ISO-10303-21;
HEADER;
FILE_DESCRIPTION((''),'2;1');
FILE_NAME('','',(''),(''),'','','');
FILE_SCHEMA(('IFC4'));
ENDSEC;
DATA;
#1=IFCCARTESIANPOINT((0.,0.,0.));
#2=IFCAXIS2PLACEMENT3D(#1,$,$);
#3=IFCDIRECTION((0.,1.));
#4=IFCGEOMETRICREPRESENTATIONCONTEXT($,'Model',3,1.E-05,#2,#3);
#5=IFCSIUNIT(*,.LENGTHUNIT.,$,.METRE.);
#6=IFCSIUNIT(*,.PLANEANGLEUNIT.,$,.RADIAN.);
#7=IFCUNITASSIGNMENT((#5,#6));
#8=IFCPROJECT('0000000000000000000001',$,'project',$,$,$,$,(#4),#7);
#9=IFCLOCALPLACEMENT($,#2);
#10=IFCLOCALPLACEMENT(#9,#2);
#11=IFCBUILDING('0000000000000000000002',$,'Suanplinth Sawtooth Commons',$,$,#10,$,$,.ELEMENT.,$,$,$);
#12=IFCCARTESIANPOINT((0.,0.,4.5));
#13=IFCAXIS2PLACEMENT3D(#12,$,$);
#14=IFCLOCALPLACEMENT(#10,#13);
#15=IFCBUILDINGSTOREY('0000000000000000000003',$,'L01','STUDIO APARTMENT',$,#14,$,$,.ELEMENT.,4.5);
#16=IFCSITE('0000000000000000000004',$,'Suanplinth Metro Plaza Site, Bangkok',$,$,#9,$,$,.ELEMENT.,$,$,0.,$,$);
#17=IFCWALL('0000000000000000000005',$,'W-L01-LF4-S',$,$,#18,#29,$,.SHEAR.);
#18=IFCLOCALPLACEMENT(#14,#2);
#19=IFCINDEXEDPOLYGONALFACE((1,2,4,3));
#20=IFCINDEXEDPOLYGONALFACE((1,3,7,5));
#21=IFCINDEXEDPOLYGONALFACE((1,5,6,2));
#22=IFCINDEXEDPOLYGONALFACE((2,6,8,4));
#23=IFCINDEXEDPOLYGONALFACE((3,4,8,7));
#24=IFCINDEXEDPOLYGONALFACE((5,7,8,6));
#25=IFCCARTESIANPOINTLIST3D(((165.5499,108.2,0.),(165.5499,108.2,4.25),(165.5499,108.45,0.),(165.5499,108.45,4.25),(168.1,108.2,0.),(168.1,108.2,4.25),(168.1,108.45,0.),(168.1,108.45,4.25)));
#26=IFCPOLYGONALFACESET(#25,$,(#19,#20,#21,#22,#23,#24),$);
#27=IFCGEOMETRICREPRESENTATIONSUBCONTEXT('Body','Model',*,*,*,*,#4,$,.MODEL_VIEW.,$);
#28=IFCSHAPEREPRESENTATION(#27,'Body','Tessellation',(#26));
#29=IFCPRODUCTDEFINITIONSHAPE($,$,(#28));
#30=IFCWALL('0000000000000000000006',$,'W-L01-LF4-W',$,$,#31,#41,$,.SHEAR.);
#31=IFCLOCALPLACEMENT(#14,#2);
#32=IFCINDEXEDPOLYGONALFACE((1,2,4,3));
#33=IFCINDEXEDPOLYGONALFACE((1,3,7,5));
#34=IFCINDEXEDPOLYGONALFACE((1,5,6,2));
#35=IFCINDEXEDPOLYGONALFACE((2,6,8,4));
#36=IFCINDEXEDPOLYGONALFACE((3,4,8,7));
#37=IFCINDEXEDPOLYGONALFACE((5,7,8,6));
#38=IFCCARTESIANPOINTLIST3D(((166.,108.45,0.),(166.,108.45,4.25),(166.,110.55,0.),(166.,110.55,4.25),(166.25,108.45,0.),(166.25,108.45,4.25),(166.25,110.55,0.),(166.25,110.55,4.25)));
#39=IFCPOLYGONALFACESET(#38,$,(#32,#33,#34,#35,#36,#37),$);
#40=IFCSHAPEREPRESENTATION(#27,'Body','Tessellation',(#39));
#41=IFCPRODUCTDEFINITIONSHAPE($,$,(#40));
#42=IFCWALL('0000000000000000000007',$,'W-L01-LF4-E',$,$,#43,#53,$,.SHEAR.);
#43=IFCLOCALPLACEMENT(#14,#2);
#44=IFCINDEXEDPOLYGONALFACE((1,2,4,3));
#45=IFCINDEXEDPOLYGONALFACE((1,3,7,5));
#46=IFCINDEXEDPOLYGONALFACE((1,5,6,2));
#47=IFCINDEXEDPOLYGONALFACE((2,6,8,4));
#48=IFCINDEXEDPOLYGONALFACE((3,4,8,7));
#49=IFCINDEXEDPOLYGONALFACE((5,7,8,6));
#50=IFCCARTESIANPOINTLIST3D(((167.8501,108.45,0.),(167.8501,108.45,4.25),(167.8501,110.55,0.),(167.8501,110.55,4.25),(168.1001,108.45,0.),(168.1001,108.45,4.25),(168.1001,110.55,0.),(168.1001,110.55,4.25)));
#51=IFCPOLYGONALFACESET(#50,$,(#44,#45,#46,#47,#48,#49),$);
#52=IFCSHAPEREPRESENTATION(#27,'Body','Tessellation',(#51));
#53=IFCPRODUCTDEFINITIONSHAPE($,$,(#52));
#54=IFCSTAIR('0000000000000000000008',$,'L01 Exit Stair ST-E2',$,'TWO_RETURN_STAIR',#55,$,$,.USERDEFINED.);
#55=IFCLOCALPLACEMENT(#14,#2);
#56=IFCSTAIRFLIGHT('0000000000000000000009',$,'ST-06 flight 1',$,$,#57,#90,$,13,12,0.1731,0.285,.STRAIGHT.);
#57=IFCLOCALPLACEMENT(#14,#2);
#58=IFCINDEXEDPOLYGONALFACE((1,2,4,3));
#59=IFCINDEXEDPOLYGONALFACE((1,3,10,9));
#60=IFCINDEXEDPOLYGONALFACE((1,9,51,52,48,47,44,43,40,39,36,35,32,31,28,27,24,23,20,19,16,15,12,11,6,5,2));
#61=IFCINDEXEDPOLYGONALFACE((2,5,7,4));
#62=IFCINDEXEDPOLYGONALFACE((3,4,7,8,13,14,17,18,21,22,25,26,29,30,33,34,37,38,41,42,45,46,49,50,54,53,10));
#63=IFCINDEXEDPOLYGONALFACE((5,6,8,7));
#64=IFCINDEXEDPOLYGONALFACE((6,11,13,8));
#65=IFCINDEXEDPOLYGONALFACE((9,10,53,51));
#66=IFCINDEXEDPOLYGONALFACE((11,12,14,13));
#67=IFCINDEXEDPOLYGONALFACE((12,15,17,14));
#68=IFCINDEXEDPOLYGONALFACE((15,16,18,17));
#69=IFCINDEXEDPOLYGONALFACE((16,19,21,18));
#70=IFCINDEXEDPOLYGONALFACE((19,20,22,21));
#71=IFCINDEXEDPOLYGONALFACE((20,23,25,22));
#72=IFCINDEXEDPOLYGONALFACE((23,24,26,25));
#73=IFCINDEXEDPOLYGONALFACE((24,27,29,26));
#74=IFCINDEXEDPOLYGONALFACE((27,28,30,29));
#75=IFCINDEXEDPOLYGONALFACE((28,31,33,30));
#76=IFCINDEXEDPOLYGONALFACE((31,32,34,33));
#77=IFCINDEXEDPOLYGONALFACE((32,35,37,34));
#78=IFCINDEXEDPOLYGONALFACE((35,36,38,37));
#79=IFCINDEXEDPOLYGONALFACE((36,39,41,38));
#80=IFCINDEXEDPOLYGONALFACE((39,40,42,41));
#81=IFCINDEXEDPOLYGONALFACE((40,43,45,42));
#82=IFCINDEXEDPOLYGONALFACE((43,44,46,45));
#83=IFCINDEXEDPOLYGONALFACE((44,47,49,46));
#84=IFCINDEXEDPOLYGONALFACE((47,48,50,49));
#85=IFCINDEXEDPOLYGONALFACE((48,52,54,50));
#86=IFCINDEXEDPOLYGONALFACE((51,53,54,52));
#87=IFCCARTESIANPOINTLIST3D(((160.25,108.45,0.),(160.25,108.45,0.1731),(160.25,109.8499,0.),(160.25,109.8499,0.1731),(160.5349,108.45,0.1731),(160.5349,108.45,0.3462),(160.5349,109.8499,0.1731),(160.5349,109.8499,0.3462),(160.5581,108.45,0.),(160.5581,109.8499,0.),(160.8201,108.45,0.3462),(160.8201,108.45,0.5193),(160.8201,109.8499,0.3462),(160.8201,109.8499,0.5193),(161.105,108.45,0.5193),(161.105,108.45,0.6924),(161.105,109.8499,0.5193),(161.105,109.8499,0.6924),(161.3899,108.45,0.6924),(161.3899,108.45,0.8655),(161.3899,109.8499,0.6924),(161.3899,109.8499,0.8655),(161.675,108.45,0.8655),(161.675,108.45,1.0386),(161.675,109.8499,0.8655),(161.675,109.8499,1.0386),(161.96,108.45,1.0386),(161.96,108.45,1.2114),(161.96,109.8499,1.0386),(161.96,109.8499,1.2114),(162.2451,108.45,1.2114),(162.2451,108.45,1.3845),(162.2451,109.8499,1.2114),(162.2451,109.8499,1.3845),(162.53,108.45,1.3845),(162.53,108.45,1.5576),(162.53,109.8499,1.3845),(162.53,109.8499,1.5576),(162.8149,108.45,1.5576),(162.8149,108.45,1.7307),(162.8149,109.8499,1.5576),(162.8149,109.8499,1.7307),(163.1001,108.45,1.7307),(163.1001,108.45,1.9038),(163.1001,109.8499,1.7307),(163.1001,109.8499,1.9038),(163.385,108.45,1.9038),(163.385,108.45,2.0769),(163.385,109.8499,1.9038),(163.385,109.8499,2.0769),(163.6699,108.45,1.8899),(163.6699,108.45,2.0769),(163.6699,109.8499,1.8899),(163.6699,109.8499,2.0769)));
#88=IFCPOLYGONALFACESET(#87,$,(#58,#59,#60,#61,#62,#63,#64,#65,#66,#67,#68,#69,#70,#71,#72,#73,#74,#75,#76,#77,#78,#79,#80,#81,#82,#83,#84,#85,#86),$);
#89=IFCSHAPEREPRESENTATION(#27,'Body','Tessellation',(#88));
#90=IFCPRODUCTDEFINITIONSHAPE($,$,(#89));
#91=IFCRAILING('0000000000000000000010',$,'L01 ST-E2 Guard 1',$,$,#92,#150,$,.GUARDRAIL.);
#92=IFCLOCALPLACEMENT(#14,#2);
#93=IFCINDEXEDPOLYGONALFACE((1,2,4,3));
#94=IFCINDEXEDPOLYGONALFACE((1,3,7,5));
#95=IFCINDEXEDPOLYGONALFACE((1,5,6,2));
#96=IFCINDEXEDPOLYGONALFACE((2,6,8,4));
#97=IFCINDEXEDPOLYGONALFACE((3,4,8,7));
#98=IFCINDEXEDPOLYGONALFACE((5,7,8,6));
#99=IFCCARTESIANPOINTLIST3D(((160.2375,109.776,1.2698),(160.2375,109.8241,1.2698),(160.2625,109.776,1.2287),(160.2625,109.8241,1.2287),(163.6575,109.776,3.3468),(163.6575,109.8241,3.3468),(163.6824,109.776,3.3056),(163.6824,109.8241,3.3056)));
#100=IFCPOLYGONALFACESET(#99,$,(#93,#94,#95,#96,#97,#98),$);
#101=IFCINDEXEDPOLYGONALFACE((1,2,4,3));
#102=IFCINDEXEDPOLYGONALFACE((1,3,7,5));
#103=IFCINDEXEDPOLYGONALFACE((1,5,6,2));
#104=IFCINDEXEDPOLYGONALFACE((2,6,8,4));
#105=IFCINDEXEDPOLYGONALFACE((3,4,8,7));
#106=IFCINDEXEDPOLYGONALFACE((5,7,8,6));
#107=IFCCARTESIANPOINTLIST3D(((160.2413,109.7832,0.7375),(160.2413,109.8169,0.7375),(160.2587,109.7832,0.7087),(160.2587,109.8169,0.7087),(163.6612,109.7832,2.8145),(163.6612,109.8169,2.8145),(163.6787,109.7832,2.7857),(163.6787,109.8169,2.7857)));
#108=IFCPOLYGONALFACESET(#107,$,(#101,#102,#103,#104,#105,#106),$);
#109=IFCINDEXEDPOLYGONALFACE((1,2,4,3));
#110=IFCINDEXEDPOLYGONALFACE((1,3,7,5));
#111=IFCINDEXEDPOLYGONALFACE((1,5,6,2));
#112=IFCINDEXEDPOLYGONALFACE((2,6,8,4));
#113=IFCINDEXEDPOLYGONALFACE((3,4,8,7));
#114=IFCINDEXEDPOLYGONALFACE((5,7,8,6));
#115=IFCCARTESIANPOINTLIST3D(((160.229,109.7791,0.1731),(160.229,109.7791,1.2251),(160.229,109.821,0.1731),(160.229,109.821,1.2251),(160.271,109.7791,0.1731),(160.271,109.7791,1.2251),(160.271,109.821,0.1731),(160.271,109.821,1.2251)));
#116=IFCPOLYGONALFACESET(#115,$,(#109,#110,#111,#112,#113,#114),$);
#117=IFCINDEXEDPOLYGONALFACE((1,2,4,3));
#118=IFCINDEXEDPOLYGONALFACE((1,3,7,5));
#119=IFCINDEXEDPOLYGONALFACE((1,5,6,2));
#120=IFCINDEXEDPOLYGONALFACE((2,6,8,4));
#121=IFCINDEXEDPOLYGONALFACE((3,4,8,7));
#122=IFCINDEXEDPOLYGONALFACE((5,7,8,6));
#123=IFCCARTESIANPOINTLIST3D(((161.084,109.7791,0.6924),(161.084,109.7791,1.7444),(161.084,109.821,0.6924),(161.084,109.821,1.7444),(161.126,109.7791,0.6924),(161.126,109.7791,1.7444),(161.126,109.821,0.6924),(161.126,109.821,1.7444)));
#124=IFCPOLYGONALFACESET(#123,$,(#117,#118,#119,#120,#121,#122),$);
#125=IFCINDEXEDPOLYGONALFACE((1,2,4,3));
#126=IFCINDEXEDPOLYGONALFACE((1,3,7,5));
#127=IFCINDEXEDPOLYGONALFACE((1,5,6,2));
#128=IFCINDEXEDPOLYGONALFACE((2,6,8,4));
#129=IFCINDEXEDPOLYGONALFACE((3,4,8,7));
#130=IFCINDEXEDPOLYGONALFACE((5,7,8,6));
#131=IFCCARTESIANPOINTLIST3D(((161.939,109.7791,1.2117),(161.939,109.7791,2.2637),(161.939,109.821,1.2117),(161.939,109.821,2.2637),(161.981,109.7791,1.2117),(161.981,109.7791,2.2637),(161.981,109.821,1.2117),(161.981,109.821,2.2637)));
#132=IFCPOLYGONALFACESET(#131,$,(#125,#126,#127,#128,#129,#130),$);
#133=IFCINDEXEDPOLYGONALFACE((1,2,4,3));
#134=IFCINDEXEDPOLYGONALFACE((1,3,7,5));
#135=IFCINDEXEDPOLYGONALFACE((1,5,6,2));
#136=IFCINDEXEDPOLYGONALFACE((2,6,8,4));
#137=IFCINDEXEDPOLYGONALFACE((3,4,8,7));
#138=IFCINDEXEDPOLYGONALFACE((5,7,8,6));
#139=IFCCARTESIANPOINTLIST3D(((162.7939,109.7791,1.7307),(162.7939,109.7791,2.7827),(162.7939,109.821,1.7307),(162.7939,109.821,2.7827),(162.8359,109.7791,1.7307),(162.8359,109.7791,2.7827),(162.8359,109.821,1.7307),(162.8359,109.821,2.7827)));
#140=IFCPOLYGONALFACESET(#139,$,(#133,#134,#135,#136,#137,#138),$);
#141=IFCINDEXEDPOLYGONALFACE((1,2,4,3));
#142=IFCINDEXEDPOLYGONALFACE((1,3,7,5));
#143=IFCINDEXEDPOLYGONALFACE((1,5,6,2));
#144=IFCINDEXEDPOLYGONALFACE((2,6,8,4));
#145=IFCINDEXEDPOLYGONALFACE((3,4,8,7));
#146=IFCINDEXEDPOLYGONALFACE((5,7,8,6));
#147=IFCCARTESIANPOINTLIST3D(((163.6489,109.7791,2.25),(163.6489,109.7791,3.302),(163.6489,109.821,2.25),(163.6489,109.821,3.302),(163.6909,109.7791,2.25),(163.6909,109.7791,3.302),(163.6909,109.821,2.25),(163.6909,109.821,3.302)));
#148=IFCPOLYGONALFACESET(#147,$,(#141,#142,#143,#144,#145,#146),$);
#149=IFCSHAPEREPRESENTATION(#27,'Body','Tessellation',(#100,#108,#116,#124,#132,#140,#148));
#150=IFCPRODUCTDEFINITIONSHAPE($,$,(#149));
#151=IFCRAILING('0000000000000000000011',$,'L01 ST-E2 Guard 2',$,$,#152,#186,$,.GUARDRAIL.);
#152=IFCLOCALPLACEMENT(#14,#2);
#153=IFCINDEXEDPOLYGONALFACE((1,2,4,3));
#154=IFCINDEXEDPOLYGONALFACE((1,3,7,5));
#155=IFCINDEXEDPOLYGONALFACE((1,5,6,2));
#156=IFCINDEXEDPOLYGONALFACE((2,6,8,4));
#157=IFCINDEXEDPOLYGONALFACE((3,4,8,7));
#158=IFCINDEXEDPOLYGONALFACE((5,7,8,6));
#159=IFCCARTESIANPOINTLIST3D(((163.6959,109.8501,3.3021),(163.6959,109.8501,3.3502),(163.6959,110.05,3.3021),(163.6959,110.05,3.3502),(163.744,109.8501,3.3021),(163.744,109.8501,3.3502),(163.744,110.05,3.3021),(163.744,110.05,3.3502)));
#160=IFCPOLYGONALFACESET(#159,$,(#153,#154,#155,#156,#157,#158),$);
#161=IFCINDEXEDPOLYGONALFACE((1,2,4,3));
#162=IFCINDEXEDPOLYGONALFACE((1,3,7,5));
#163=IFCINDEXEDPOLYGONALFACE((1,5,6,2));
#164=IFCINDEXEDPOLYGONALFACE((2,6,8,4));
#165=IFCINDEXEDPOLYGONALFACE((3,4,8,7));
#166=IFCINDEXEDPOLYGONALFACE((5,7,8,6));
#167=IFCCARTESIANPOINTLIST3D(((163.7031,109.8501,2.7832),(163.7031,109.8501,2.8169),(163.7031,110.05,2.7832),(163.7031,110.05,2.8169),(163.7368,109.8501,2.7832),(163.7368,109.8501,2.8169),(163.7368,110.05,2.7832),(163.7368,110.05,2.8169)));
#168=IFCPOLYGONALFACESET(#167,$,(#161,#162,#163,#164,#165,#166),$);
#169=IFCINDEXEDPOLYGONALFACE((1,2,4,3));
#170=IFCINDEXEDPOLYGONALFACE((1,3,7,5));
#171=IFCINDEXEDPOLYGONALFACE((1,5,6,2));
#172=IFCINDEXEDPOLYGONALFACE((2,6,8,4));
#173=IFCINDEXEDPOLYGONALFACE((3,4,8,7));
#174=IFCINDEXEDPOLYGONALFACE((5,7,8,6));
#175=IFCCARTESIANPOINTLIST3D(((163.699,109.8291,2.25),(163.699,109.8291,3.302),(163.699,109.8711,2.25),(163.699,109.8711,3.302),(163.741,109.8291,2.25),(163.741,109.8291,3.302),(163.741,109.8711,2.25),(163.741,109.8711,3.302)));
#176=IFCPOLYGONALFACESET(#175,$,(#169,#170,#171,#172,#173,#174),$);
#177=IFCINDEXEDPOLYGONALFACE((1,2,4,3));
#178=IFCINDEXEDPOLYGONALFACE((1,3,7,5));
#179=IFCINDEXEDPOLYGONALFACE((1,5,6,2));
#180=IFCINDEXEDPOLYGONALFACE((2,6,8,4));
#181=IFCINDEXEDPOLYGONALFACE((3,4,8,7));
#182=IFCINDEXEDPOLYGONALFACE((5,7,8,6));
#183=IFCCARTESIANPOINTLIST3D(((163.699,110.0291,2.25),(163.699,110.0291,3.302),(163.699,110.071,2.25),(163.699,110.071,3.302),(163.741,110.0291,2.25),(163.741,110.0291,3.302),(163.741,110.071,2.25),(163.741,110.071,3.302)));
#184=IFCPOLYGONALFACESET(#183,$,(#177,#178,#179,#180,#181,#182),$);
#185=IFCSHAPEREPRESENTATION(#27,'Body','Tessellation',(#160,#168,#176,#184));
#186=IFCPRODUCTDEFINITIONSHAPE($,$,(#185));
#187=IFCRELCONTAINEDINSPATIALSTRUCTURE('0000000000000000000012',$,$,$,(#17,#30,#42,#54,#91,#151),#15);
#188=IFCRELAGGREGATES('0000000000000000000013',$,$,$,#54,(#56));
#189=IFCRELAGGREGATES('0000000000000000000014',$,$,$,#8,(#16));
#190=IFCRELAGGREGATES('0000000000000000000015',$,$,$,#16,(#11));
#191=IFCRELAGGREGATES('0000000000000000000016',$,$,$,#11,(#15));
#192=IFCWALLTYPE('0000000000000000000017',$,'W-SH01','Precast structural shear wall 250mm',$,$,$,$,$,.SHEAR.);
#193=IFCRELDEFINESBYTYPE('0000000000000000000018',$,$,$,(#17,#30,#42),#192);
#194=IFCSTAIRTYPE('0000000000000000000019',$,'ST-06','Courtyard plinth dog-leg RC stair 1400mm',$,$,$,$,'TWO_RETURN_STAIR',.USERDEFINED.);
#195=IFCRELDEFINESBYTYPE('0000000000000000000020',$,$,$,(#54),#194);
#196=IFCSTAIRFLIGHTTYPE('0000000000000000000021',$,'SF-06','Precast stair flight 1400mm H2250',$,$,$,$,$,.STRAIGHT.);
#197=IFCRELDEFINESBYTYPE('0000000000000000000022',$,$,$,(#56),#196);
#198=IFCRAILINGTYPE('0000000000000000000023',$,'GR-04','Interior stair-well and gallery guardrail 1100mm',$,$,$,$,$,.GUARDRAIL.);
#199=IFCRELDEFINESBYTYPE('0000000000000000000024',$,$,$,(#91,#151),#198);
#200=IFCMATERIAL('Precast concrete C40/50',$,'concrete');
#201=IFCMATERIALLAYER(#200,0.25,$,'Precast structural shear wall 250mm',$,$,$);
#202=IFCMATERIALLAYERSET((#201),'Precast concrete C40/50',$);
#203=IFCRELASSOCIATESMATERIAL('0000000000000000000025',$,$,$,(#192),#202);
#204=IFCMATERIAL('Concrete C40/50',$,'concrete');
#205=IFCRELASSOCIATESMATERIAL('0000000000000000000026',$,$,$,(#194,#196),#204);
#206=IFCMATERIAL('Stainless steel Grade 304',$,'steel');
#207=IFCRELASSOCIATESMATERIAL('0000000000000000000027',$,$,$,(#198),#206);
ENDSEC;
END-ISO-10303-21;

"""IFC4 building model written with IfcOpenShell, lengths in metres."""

from ifc_helpers import new_model, si_unit, direction, frame, frame_2d, origin, origin_2d, place, context, subcontext, project, spatial, polyline, rectangle, outline, extrude, material, layer, layer_set, type_object, element, aggregate, save


model = new_model("IFC4")

# Units and contexts
model_context = context("Model", 3, precision=1e-05, world=origin(), true_north=direction((0.0, 1.0)))
body_context = subcontext(model_context, "Body", "Model", "MODEL_VIEW")
ifc_project = project(units=[si_unit("LENGTHUNIT", "METRE"), si_unit("PLANEANGLEUNIT", "RADIAN")], contexts=[model_context])

# Site, building, storey
site_placement = place(None, origin())
site = spatial("IfcSite", under=ifc_project, at=site_placement, Name="Suanplinth Metro Plaza Site, Bangkok", CompositionType="ELEMENT", RefElevation=0.0)
building_placement = place(site_placement, origin())
building = spatial("IfcBuilding", under=site, at=building_placement, Name="Suanplinth Sawtooth Commons", CompositionType="ELEMENT")
storey_placement = place(building_placement, frame((0.0, 0.0, 4.5)))
storey = spatial("IfcBuildingStorey", under=building, at=storey_placement, Name="L01", Description="STUDIO APARTMENT", CompositionType="ELEMENT", Elevation=4.5)

# Shared definitions
ifc_material_1 = material(Name="Concrete C40/50", Category="concrete")

# Shared definitions
ifc_material_2 = material(Name="Precast concrete C40/50", Category="concrete")

# Walls
ifc_layer_1 = layer(ifc_material_2, 0.25, Name="Precast structural shear wall 250mm")
ifc_layer_set_1 = layer_set([ifc_layer_1], Name="Precast concrete C40/50")
wall_type_1 = type_object("IfcWallType", Name="W-SH01", Description="Precast structural shear wall 250mm", PredefinedType="SHEAR", material=ifc_layer_set_1)
wall_1_placement = place(storey_placement, frame((165.55, 108.325, 0.0), z_axis=(0.0, 0.0, 1.0), x_axis=(1.0, 0.0, 0.0)))
element("IfcWall", 1, at=wall_1_placement, inside=storey, type_object=wall_type_1, Name="W-L01-LF4-S", PredefinedType="SHEAR", context=body_context, shape_type="SweptSolid", body=[
    extrude(rectangle(XDim=2.55, YDim=0.25, at=frame_2d((1.2749, 0.0))), origin(), (0.0, 0.0, 1.0), 4.25),
])
for number, where, z_axis, x_axis, name in (
    (2, (166.125, 108.45, 0.0), (0.0, 0.0, 1.0), (0.0, 1.0, 0.0), "W-L01-LF4-W"),
    (3, (167.9751, 108.45, 0.0), (0.0, 0.0, 1.0), (0.0, 1.0, 0.0), "W-L01-LF4-E"),
):
    element("IfcWall", number, at=place(storey_placement, frame(where, z_axis=z_axis, x_axis=x_axis)), inside=storey, type_object=wall_type_1, Name=name, PredefinedType="SHEAR", context=body_context, shape_type="SweptSolid", body=[
        extrude(rectangle(XDim=2.1001, YDim=0.25, at=frame_2d((1.05, 0.0))), origin(), (0.0, 0.0, 1.0), 4.25),
    ])

# Stair, stair flight
stair_type = type_object("IfcStairType", Name="ST-06", Description="Courtyard plinth dog-leg RC stair 1400mm", ElementType="TWO_RETURN_STAIR", PredefinedType="USERDEFINED", material=ifc_material_1)
stair_placement = place(storey_placement, origin())
stair = element("IfcStair", 4, at=stair_placement, inside=storey, type_object=stair_type, Name="L01 Exit Stair ST-E2", ObjectType="TWO_RETURN_STAIR", PredefinedType="USERDEFINED")
stair_flight_type = type_object("IfcStairFlightType", Name="SF-06", Description="Precast stair flight 1400mm H2250", PredefinedType="STRAIGHT", material=ifc_material_1)
stair_flight_placement = place(storey_placement, frame((160.25, 109.1499, 0.0), z_axis=(0.0, 0.0, 1.0), x_axis=(1.0, 0.0, 0.0)))
stair_flight = element("IfcStairFlight", 5, at=stair_flight_placement, type_object=stair_flight_type, Name="ST-06 flight 1", NumberOfRisers=13, NumberOfTreads=12, PredefinedType="STRAIGHT", RiserHeight=0.1731, TreadLength=0.285, context=body_context, shape_type="SweptSolid", body=[
    extrude(outline(polyline([(0.0, 0.0), (0.0, 0.1731), (0.2849, 0.1731), (0.2849, 0.3462), (0.5701, 0.3462), (0.5701, 0.5193), (0.855, 0.5193), (0.855, 0.6924), (1.1399, 0.6924), (1.1399, 0.8655), (1.425, 0.8655), (1.425, 1.0386), (1.71, 1.0386), (1.71, 1.2114), (1.9951, 1.2114), (1.9951, 1.3845), (2.28, 1.3845), (2.28, 1.5576), (2.5649, 1.5576), (2.5649, 1.7307), (2.8501, 1.7307), (2.8501, 1.9038), (3.135, 1.9038), (3.135, 2.0769), (3.4199, 2.0769), (3.4199, 2.25), (3.4199, 1.8899), (0.3081, 0.0), (0.0, 0.0)])), frame((0.0, 0.7, 0.0), z_axis=(0.0, -1.0, 0.0), x_axis=(1.0, 0.0, 0.0)), (0.0, 0.0, 1.0), 1.3999),
])
aggregate(stair, [stair_flight])

# Railings
ifc_material_3 = material(Name="Stainless steel Grade 304", Category="steel")
railing_type = type_object("IfcRailingType", Name="GR-04", Description="Interior stair-well and gallery guardrail 1100mm", PredefinedType="GUARDRAIL", material=ifc_material_3)
railing_1_placement = place(storey_placement, frame((160.25, 109.8, 0.1731)))
element("IfcRailing", 6, at=railing_1_placement, inside=storey, type_object=railing_type, Name="L01 ST-E2 Guard 1", PredefinedType="GUARDRAIL", context=body_context, shape_type="SweptSolid", body=[
    extrude(rectangle(XDim=0.0481, YDim=0.0481, at=origin_2d()), frame((0.0, 0.0, 1.0762), z_axis=(0.85473, 0.0, 0.519074), x_axis=(0.0, 1.0, 0.0)), (0.0, 0.0, 1.0), 4.0012),
    extrude(rectangle(XDim=0.0337, YDim=0.0337, at=origin_2d()), frame((0.0, 0.0, 0.55), z_axis=(0.85473, 0.0, 0.519074), x_axis=(0.0, 1.0, 0.0)), (0.0, 0.0, 1.0), 4.0012),
    extrude(rectangle(XDim=0.042, YDim=0.042, at=origin_2d()), origin(), (0.0, 0.0, 1.0), 1.052),
    extrude(rectangle(XDim=0.042, YDim=0.042, at=origin_2d()), frame((0.855, 0.0, 0.5193)), (0.0, 0.0, 1.0), 1.052),
    extrude(rectangle(XDim=0.042, YDim=0.042, at=origin_2d()), frame((1.71, 0.0, 1.0386)), (0.0, 0.0, 1.0), 1.052),
    extrude(rectangle(XDim=0.042, YDim=0.042, at=origin_2d()), frame((2.5649, 0.0, 1.5576)), (0.0, 0.0, 1.0), 1.052),
    extrude(rectangle(XDim=0.042, YDim=0.042, at=origin_2d()), frame((3.4199, 0.0, 2.0769)), (0.0, 0.0, 1.0), 1.052),
])
railing_2_placement = place(storey_placement, frame((163.72, 109.8501, 2.25)))
element("IfcRailing", 7, at=railing_2_placement, inside=storey, type_object=railing_type, Name="L01 ST-E2 Guard 2", PredefinedType="GUARDRAIL", context=body_context, shape_type="SweptSolid", body=[
    extrude(rectangle(XDim=0.0481, YDim=0.0481, at=origin_2d()), frame((0.0, 0.0, 1.0762), z_axis=(0.0, 1.0, 0.0), x_axis=(-1.0, 0.0, 0.0)), (0.0, 0.0, 1.0), 0.2),
    extrude(rectangle(XDim=0.0337, YDim=0.0337, at=origin_2d()), frame((0.0, 0.0, 0.55), z_axis=(0.0, 1.0, 0.0), x_axis=(-1.0, 0.0, 0.0)), (0.0, 0.0, 1.0), 0.2),
    extrude(rectangle(XDim=0.042, YDim=0.042, at=origin_2d()), origin(), (0.0, 0.0, 1.0), 1.052),
    extrude(rectangle(XDim=0.042, YDim=0.042, at=origin_2d()), frame((0.0, 0.2, 0.0)), (0.0, 0.0, 1.0), 1.052),
])

save(model, "model.ifc")
